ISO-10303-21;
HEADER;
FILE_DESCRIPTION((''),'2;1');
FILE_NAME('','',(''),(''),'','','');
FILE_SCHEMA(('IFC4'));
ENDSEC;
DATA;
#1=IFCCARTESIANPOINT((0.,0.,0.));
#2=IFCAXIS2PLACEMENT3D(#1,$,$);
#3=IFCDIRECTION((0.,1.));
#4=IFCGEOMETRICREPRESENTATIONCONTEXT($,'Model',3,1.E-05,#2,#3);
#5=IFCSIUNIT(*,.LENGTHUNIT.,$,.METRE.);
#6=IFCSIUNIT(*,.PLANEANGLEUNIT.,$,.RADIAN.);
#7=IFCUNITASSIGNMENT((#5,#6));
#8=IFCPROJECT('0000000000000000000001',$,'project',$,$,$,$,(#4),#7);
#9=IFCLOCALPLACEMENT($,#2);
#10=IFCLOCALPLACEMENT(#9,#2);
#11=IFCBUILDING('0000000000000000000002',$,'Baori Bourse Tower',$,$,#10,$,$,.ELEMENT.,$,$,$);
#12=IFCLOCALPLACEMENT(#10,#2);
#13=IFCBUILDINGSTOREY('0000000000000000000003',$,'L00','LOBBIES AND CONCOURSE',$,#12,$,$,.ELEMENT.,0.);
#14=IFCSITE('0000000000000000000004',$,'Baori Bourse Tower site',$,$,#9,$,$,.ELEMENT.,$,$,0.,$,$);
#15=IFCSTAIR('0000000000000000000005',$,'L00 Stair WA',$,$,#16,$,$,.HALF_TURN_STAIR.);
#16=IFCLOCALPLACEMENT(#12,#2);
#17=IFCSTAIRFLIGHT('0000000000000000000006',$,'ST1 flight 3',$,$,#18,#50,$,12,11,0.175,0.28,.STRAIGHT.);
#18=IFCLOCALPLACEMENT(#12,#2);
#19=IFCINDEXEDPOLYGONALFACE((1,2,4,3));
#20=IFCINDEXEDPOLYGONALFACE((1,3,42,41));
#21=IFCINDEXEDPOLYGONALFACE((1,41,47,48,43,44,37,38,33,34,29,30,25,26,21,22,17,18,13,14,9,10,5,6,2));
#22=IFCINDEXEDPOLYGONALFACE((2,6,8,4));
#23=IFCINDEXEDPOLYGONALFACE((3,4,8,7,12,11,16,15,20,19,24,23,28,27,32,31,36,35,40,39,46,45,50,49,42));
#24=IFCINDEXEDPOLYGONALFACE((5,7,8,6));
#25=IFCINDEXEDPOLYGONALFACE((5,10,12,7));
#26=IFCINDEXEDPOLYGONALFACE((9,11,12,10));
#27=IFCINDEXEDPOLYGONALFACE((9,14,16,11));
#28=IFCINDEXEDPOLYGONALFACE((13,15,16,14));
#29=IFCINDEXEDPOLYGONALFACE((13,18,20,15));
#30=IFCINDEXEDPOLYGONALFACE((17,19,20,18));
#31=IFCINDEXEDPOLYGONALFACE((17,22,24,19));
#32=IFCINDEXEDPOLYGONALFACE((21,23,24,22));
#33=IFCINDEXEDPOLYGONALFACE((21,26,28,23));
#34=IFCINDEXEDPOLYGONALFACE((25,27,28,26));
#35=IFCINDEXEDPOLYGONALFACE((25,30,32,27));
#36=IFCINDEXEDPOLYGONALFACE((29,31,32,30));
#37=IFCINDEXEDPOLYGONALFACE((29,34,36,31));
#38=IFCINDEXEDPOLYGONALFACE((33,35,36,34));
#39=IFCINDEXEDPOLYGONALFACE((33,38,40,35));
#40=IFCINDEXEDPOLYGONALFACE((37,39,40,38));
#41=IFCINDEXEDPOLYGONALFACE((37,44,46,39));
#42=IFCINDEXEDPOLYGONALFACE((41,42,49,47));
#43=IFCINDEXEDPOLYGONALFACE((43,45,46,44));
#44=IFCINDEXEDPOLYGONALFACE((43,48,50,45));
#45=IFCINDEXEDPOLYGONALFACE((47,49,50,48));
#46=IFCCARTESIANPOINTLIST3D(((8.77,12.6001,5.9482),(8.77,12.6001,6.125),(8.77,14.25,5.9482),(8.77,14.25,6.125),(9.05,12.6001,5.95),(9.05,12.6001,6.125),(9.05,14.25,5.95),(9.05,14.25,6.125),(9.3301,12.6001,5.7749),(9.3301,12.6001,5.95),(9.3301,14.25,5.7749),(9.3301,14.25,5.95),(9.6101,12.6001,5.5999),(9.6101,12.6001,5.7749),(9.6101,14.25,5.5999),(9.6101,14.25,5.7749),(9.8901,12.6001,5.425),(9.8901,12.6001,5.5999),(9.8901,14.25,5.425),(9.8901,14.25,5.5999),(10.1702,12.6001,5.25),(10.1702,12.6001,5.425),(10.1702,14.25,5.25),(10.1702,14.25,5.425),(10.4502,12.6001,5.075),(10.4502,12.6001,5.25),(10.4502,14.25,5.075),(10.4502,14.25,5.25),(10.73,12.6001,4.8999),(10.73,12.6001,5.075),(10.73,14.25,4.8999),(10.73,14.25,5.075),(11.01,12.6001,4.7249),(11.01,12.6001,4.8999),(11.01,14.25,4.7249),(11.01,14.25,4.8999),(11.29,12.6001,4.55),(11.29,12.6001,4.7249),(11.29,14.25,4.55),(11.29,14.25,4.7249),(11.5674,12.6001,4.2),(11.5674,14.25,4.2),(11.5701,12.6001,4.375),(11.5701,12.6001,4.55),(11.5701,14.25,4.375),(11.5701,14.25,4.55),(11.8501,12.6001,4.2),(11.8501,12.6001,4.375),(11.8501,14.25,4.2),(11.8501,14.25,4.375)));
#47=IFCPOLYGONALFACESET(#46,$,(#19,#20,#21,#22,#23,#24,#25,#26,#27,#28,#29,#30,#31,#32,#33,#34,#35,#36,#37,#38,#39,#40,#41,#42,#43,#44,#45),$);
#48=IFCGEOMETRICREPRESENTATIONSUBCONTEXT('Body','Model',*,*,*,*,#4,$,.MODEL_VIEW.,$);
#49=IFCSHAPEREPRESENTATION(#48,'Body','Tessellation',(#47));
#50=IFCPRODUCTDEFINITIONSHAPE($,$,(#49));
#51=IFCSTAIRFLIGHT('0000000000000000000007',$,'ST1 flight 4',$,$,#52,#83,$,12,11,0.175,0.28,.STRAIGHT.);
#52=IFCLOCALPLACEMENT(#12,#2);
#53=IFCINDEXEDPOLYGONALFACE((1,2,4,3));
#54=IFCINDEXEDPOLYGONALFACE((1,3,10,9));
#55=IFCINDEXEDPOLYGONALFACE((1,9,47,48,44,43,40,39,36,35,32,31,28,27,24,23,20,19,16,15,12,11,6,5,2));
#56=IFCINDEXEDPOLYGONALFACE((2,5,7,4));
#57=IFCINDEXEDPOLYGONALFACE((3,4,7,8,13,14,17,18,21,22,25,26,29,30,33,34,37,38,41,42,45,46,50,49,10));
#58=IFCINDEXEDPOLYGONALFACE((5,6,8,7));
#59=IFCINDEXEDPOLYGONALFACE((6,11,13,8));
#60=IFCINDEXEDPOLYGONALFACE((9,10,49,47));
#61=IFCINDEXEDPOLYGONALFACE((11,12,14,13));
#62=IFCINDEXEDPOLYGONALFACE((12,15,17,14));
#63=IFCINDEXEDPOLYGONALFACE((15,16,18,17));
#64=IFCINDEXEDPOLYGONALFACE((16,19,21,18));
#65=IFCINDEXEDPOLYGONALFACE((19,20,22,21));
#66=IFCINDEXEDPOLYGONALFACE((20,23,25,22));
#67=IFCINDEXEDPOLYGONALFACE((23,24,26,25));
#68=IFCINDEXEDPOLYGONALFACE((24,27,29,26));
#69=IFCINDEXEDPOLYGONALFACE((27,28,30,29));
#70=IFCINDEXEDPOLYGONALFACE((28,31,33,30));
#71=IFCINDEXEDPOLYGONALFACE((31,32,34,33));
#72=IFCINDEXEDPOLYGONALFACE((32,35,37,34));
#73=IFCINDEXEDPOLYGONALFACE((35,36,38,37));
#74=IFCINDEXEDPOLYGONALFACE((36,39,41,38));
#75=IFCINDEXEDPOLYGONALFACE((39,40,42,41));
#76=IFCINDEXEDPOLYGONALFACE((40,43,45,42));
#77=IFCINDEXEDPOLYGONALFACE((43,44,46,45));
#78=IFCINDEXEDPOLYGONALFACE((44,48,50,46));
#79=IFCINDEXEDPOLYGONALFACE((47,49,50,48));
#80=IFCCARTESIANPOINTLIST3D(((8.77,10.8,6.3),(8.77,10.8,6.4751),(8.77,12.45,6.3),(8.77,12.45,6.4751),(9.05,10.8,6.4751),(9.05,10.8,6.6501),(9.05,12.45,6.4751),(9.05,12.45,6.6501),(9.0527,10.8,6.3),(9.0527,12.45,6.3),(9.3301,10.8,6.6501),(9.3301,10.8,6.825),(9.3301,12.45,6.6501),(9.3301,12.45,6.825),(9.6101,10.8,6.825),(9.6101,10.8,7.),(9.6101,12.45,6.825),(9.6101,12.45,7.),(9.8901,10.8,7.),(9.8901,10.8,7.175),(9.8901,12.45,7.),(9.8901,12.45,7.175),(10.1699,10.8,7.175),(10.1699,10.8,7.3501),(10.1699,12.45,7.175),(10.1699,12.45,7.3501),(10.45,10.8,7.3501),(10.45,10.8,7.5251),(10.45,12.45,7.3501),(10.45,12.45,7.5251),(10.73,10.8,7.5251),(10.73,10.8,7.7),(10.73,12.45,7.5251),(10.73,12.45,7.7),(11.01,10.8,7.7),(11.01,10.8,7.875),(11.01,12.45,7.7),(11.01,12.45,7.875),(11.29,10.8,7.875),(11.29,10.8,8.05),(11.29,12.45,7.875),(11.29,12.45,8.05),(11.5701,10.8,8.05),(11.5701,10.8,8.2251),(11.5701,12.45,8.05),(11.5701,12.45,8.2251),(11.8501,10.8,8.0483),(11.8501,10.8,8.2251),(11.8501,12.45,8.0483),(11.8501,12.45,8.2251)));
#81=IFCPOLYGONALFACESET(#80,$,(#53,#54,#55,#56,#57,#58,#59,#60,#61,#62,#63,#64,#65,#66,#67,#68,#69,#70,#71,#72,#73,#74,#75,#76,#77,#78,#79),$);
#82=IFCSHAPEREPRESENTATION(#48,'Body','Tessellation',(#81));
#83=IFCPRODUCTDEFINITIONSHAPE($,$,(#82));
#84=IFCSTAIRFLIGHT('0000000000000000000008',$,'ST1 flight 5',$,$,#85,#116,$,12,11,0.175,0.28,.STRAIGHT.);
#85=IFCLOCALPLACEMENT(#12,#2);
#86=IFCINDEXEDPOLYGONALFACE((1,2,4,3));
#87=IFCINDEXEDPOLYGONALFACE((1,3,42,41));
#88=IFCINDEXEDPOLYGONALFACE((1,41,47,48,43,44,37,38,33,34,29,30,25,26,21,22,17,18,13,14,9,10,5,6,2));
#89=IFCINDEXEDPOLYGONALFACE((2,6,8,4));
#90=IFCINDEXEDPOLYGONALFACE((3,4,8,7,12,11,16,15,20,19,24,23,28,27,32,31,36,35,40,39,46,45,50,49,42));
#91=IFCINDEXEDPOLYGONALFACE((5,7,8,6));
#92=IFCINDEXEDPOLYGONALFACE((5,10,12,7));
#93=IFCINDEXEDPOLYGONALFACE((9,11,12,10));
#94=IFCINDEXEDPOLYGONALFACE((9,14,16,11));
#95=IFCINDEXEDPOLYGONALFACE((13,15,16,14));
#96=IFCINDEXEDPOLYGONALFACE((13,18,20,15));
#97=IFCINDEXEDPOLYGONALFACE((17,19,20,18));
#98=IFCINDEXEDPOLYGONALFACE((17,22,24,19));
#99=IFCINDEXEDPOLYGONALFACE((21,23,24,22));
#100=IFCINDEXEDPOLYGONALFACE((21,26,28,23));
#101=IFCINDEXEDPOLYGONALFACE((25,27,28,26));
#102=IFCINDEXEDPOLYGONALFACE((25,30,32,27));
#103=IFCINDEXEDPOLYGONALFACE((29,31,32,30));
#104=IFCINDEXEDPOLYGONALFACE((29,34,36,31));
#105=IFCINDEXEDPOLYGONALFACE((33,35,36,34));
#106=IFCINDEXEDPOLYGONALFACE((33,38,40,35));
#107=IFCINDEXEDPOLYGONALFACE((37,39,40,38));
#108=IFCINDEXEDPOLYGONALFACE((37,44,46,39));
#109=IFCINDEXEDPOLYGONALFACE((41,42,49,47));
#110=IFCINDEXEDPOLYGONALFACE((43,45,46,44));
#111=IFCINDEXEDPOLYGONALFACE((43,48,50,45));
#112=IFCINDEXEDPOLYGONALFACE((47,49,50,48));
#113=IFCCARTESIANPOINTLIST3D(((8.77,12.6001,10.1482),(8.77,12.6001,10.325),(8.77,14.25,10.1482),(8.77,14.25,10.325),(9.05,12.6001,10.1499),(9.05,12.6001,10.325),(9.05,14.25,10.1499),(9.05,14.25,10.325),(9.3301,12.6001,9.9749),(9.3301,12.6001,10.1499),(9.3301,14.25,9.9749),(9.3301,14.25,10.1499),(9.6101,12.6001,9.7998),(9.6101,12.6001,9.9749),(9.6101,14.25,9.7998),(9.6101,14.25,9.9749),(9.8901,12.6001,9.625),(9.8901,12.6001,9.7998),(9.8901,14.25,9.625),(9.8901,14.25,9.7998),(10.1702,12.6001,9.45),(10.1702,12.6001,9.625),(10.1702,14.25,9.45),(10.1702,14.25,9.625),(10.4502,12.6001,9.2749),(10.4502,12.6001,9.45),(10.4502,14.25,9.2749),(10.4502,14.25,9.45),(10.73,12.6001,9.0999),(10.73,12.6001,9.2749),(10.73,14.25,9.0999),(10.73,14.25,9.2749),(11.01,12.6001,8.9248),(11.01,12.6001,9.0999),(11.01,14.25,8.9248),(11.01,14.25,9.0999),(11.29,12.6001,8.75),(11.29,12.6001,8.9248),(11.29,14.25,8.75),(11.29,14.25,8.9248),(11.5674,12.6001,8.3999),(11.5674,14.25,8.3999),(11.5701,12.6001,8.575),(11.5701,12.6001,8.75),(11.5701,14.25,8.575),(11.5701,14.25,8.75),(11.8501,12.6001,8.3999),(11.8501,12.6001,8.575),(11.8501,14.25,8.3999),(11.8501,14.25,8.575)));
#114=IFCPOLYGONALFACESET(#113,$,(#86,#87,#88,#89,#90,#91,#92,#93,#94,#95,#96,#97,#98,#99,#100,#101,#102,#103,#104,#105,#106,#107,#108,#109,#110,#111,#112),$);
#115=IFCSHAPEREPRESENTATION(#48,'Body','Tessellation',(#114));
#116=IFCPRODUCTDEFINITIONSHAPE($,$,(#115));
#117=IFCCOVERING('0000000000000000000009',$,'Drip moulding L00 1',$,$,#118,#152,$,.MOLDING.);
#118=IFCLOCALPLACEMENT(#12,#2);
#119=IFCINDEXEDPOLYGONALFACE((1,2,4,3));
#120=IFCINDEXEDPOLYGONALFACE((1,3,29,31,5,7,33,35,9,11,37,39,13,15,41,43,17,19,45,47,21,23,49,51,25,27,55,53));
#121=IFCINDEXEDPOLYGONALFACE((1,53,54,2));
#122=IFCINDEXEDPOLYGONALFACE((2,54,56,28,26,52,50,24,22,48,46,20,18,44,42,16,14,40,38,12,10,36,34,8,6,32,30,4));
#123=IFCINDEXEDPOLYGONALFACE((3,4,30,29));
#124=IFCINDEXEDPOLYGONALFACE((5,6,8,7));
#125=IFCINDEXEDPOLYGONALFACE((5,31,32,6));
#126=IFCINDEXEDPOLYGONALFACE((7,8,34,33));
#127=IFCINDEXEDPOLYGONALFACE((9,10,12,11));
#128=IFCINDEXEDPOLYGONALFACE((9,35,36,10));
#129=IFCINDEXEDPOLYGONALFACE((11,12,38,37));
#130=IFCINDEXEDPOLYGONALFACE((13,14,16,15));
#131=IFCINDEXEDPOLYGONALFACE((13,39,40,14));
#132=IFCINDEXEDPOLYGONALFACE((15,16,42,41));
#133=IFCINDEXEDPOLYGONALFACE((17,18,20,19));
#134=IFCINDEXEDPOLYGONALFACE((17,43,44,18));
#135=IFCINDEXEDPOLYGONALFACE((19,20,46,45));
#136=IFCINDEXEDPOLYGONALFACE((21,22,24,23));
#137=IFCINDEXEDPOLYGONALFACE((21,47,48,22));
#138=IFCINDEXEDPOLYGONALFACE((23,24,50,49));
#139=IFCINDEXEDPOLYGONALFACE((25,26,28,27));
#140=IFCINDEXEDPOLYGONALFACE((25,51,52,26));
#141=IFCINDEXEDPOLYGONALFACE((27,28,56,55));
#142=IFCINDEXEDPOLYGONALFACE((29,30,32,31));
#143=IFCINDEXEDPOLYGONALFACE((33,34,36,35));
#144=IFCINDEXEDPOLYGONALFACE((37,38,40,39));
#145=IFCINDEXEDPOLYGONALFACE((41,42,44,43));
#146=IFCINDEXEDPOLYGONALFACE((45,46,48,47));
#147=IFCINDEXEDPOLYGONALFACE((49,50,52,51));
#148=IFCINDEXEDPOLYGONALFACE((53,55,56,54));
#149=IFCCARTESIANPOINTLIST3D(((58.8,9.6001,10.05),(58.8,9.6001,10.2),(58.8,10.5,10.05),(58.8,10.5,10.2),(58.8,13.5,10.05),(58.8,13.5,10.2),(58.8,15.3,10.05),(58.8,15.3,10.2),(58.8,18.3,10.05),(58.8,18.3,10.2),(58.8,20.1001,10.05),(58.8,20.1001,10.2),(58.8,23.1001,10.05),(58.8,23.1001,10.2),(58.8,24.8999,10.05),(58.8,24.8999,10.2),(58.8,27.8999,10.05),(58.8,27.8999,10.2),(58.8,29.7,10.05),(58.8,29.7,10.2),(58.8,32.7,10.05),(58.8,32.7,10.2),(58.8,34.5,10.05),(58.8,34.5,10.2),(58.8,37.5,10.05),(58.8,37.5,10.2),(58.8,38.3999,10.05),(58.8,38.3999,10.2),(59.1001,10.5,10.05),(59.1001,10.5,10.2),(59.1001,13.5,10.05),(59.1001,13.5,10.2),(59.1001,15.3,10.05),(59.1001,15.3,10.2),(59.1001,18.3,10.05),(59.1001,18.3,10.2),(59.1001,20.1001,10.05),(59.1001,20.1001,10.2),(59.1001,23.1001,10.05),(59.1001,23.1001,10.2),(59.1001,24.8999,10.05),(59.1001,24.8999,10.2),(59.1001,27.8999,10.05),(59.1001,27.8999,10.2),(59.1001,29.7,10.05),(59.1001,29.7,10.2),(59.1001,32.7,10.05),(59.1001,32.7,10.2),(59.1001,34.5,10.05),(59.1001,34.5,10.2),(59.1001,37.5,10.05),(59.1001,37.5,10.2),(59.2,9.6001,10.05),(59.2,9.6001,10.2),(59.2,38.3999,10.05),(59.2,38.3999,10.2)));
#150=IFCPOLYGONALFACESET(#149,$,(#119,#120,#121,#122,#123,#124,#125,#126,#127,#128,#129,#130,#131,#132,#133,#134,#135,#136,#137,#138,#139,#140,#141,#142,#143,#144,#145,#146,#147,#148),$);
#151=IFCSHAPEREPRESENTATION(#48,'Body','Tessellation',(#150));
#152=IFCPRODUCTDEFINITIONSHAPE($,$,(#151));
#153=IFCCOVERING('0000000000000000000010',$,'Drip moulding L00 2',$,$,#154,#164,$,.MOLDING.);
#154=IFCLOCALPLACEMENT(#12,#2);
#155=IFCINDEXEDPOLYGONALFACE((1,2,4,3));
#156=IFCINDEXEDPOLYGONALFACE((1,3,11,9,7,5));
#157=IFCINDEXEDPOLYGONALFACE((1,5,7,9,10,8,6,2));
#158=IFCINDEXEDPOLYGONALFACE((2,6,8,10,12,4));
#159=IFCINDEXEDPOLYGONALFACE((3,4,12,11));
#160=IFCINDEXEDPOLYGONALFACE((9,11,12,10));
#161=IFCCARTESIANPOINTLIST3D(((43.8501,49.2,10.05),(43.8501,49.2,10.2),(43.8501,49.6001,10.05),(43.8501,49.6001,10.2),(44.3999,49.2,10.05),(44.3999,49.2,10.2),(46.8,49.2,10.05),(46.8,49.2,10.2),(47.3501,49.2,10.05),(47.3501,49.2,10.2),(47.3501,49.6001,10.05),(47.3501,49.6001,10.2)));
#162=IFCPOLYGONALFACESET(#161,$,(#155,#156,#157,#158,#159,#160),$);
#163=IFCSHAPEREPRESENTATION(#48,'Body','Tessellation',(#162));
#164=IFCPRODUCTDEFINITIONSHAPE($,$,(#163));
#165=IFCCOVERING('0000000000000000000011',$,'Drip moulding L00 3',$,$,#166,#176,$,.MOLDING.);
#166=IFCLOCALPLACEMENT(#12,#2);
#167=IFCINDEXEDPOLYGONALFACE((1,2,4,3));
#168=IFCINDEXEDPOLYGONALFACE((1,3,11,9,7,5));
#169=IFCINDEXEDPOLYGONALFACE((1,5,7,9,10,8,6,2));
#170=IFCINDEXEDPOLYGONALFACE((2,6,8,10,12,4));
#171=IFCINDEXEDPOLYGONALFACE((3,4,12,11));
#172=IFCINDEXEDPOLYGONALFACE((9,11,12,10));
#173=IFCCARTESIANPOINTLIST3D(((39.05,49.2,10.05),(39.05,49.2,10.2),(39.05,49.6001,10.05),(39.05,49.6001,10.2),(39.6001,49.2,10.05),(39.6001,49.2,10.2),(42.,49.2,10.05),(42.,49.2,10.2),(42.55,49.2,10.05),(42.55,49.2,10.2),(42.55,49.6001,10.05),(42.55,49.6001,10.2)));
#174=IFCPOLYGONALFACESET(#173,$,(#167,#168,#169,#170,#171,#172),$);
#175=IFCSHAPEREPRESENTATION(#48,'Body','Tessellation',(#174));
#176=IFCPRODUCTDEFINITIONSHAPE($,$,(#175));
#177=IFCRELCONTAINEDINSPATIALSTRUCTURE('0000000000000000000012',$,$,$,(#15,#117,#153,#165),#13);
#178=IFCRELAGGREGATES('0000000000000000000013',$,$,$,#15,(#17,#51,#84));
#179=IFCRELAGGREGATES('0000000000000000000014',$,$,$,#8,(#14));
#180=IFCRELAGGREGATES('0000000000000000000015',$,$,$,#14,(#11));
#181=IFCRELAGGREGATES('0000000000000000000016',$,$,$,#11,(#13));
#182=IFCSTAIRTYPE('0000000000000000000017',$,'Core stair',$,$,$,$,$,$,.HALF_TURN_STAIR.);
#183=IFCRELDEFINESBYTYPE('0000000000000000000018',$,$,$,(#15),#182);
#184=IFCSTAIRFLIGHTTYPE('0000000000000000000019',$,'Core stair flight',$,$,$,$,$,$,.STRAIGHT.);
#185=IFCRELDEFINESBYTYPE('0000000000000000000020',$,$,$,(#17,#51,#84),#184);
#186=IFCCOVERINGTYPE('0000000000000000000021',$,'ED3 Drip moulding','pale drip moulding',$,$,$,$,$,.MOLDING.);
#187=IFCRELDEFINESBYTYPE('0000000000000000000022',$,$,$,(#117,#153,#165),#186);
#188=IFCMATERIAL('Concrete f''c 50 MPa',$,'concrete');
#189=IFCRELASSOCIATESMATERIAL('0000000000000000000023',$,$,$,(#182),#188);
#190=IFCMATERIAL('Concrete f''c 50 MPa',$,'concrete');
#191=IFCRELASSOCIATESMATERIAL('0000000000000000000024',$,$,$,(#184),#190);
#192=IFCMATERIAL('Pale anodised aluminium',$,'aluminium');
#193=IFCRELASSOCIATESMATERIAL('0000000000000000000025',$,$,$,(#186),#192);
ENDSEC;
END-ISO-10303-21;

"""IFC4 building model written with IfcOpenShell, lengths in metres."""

from ifc_helpers import new_model, si_unit, direction, frame, origin, place, context, subcontext, project, spatial, polyline, outline, extrude, material, type_object, element, aggregate, save


model = new_model("IFC4")

# Units and contexts
model_context = context("Model", 3, precision=1e-05, world=origin(), true_north=direction((0.0, 1.0)))
body_context = subcontext(model_context, "Body", "Model", "MODEL_VIEW")
ifc_project = project(units=[si_unit("LENGTHUNIT", "METRE"), si_unit("PLANEANGLEUNIT", "RADIAN")], contexts=[model_context])

# Site, building, storey
site_placement = place(None, origin())
site = spatial("IfcSite", under=ifc_project, at=site_placement, Name="Baori Bourse Tower site", CompositionType="ELEMENT", RefElevation=0.0)
building_placement = place(site_placement, origin())
building = spatial("IfcBuilding", under=site, at=building_placement, Name="Baori Bourse Tower", CompositionType="ELEMENT")
storey_placement = place(building_placement, origin())
storey = spatial("IfcBuildingStorey", under=building, at=storey_placement, Name="L00", Description="LOBBIES AND CONCOURSE", CompositionType="ELEMENT", Elevation=0.0)

# Stair, stair flights
ifc_material_1 = material(Name="Concrete f'c 50 MPa", Category="concrete")
stair_type = type_object("IfcStairType", Name="Core stair", PredefinedType="HALF_TURN_STAIR", material=ifc_material_1)
stair_placement = place(storey_placement, origin())
stair = element("IfcStair", 1, at=stair_placement, inside=storey, type_object=stair_type, Name="L00 Stair WA", PredefinedType="HALF_TURN_STAIR")
ifc_material_2 = material(Name="Concrete f'c 50 MPa", Category="concrete")
stair_flight_type = type_object("IfcStairFlightType", Name="Core stair flight", PredefinedType="STRAIGHT", material=ifc_material_2)
stair_flight_1_placement = place(storey_placement, frame((11.8501, 13.425, 4.2), z_axis=(0.0, 0.0, 1.0), x_axis=(-1.0, 0.0, 0.0)))
stair_flight_1 = element("IfcStairFlight", 2, at=stair_flight_1_placement, type_object=stair_flight_type, Name="ST1 flight 3", NumberOfRisers=12, NumberOfTreads=11, PredefinedType="STRAIGHT", RiserHeight=0.175, TreadLength=0.28, context=body_context, shape_type="SweptSolid", body=[
    extrude(outline(polyline([(0.0, 0.0), (0.0, 0.175), (0.28, 0.175), (0.28, 0.3501), (0.5601, 0.3501), (0.5601, 0.5249), (0.8401, 0.5249), (0.8401, 0.7), (1.1201, 0.7), (1.1201, 0.875), (1.3999, 0.875), (1.3999, 1.05), (1.6799, 1.05), (1.6799, 1.2251), (1.96, 1.2251), (1.96, 1.3999), (2.24, 1.3999), (2.24, 1.575), (2.52, 1.575), (2.52, 1.75), (2.8, 1.75), (2.8, 1.925), (3.0801, 1.925), (3.0801, 2.1001), (3.0801, 1.7483), (0.2827, 0.0), (0.0, 0.0)])), frame((0.0, 0.825, 0.0), z_axis=(0.0, -1.0, 0.0), x_axis=(1.0, 0.0, 0.0)), (0.0, 0.0, 1.0), 1.6499),
])
stair_flight_2_placement = place(storey_placement, frame((8.77, 11.625, 6.3), z_axis=(0.0, 0.0, 1.0), x_axis=(1.0, 0.0, 0.0)))
stair_flight_2 = element("IfcStairFlight", 3, at=stair_flight_2_placement, type_object=stair_flight_type, Name="ST1 flight 4", NumberOfRisers=12, NumberOfTreads=11, PredefinedType="STRAIGHT", RiserHeight=0.175, TreadLength=0.28, context=body_context, shape_type="SweptSolid", body=[
    extrude(outline(polyline([(0.0, 0.0), (0.0, 0.175), (0.28, 0.175), (0.28, 0.3501), (0.5601, 0.3501), (0.5601, 0.5249), (0.8401, 0.5249), (0.8401, 0.7), (1.1201, 0.7), (1.1201, 0.875), (1.3999, 0.875), (1.3999, 1.05), (1.6799, 1.05), (1.6799, 1.2251), (1.96, 1.2251), (1.96, 1.3999), (2.24, 1.3999), (2.24, 1.575), (2.52, 1.575), (2.52, 1.75), (2.8, 1.75), (2.8, 1.925), (3.0801, 1.925), (3.0801, 2.1001), (3.0801, 1.7483), (0.2827, 0.0), (0.0, 0.0)])), frame((0.0, 0.825, 0.0), z_axis=(0.0, -1.0, 0.0), x_axis=(1.0, 0.0, 0.0)), (0.0, 0.0, 1.0), 1.6499),
])
stair_flight_3_placement = place(storey_placement, frame((11.8501, 13.425, 8.3999), z_axis=(0.0, 0.0, 1.0), x_axis=(-1.0, 0.0, 0.0)))
stair_flight_3 = element("IfcStairFlight", 4, at=stair_flight_3_placement, type_object=stair_flight_type, Name="ST1 flight 5", NumberOfRisers=12, NumberOfTreads=11, PredefinedType="STRAIGHT", RiserHeight=0.175, TreadLength=0.28, context=body_context, shape_type="SweptSolid", body=[
    extrude(outline(polyline([(0.0, 0.0), (0.0, 0.175), (0.28, 0.175), (0.28, 0.3501), (0.5601, 0.3501), (0.5601, 0.5249), (0.8401, 0.5249), (0.8401, 0.7), (1.1201, 0.7), (1.1201, 0.875), (1.3999, 0.875), (1.3999, 1.05), (1.6799, 1.05), (1.6799, 1.2251), (1.96, 1.2251), (1.96, 1.3999), (2.24, 1.3999), (2.24, 1.575), (2.52, 1.575), (2.52, 1.75), (2.8, 1.75), (2.8, 1.925), (3.0801, 1.925), (3.0801, 2.1001), (3.0801, 1.7483), (0.2827, 0.0), (0.0, 0.0)])), frame((0.0, 0.825, 0.0), z_axis=(0.0, -1.0, 0.0), x_axis=(1.0, 0.0, 0.0)), (0.0, 0.0, 1.0), 1.6499),
])
aggregate(stair, [stair_flight_1, stair_flight_2, stair_flight_3])

# Coverings
ifc_material_3 = material(Name="Pale anodised aluminium", Category="aluminium")
covering_type = type_object("IfcCoveringType", Name="ED3 Drip moulding", Description="pale drip moulding", PredefinedType="MOLDING", material=ifc_material_3)
covering_1_placement = place(storey_placement, frame((0.0, 0.0, 10.05)))
element("IfcCovering", 5, at=covering_1_placement, inside=storey, type_object=covering_type, Name="Drip moulding L00 1", PredefinedType="MOLDING", context=body_context, shape_type="SweptSolid", body=[
    extrude(outline(polyline([(58.8, 10.5), (58.8, 9.6001), (59.2, 9.6001), (59.2, 38.3999), (58.8, 38.3999), (58.8, 37.5), (59.1001, 37.5), (59.1001, 34.5), (58.8, 34.5), (58.8, 32.7), (59.1001, 32.7), (59.1001, 29.7), (58.8, 29.7), (58.8, 27.8999), (59.1001, 27.8999), (59.1001, 24.8999), (58.8, 24.8999), (58.8, 23.1001), (59.1001, 23.1001), (59.1001, 20.1001), (58.8, 20.1001), (58.8, 18.3), (59.1001, 18.3), (59.1001, 15.3), (58.8, 15.3), (58.8, 13.5), (59.1001, 13.5), (59.1001, 10.5), (58.8, 10.5)])), origin(), (0.0, 0.0, 1.0), 0.1499),
])
covering_2_placement = place(storey_placement, frame((0.0, 0.0, 10.05)))
element("IfcCovering", 6, at=covering_2_placement, inside=storey, type_object=covering_type, Name="Drip moulding L00 2", PredefinedType="MOLDING", context=body_context, shape_type="SweptSolid", body=[
    extrude(outline(polyline([(46.8, 49.2), (47.3501, 49.2), (47.3501, 49.6001), (43.8501, 49.6001), (43.8501, 49.2), (44.3999, 49.2), (46.8, 49.2)])), origin(), (0.0, 0.0, 1.0), 0.1499),
])
covering_3_placement = place(storey_placement, frame((0.0, 0.0, 10.05)))
element("IfcCovering", 7, at=covering_3_placement, inside=storey, type_object=covering_type, Name="Drip moulding L00 3", PredefinedType="MOLDING", context=body_context, shape_type="SweptSolid", body=[
    extrude(outline(polyline([(42.0, 49.2), (42.55, 49.2), (42.55, 49.6001), (39.05, 49.6001), (39.05, 49.2), (39.6001, 49.2), (42.0, 49.2)])), origin(), (0.0, 0.0, 1.0), 0.1499),
])

save(model, "model.ifc")
